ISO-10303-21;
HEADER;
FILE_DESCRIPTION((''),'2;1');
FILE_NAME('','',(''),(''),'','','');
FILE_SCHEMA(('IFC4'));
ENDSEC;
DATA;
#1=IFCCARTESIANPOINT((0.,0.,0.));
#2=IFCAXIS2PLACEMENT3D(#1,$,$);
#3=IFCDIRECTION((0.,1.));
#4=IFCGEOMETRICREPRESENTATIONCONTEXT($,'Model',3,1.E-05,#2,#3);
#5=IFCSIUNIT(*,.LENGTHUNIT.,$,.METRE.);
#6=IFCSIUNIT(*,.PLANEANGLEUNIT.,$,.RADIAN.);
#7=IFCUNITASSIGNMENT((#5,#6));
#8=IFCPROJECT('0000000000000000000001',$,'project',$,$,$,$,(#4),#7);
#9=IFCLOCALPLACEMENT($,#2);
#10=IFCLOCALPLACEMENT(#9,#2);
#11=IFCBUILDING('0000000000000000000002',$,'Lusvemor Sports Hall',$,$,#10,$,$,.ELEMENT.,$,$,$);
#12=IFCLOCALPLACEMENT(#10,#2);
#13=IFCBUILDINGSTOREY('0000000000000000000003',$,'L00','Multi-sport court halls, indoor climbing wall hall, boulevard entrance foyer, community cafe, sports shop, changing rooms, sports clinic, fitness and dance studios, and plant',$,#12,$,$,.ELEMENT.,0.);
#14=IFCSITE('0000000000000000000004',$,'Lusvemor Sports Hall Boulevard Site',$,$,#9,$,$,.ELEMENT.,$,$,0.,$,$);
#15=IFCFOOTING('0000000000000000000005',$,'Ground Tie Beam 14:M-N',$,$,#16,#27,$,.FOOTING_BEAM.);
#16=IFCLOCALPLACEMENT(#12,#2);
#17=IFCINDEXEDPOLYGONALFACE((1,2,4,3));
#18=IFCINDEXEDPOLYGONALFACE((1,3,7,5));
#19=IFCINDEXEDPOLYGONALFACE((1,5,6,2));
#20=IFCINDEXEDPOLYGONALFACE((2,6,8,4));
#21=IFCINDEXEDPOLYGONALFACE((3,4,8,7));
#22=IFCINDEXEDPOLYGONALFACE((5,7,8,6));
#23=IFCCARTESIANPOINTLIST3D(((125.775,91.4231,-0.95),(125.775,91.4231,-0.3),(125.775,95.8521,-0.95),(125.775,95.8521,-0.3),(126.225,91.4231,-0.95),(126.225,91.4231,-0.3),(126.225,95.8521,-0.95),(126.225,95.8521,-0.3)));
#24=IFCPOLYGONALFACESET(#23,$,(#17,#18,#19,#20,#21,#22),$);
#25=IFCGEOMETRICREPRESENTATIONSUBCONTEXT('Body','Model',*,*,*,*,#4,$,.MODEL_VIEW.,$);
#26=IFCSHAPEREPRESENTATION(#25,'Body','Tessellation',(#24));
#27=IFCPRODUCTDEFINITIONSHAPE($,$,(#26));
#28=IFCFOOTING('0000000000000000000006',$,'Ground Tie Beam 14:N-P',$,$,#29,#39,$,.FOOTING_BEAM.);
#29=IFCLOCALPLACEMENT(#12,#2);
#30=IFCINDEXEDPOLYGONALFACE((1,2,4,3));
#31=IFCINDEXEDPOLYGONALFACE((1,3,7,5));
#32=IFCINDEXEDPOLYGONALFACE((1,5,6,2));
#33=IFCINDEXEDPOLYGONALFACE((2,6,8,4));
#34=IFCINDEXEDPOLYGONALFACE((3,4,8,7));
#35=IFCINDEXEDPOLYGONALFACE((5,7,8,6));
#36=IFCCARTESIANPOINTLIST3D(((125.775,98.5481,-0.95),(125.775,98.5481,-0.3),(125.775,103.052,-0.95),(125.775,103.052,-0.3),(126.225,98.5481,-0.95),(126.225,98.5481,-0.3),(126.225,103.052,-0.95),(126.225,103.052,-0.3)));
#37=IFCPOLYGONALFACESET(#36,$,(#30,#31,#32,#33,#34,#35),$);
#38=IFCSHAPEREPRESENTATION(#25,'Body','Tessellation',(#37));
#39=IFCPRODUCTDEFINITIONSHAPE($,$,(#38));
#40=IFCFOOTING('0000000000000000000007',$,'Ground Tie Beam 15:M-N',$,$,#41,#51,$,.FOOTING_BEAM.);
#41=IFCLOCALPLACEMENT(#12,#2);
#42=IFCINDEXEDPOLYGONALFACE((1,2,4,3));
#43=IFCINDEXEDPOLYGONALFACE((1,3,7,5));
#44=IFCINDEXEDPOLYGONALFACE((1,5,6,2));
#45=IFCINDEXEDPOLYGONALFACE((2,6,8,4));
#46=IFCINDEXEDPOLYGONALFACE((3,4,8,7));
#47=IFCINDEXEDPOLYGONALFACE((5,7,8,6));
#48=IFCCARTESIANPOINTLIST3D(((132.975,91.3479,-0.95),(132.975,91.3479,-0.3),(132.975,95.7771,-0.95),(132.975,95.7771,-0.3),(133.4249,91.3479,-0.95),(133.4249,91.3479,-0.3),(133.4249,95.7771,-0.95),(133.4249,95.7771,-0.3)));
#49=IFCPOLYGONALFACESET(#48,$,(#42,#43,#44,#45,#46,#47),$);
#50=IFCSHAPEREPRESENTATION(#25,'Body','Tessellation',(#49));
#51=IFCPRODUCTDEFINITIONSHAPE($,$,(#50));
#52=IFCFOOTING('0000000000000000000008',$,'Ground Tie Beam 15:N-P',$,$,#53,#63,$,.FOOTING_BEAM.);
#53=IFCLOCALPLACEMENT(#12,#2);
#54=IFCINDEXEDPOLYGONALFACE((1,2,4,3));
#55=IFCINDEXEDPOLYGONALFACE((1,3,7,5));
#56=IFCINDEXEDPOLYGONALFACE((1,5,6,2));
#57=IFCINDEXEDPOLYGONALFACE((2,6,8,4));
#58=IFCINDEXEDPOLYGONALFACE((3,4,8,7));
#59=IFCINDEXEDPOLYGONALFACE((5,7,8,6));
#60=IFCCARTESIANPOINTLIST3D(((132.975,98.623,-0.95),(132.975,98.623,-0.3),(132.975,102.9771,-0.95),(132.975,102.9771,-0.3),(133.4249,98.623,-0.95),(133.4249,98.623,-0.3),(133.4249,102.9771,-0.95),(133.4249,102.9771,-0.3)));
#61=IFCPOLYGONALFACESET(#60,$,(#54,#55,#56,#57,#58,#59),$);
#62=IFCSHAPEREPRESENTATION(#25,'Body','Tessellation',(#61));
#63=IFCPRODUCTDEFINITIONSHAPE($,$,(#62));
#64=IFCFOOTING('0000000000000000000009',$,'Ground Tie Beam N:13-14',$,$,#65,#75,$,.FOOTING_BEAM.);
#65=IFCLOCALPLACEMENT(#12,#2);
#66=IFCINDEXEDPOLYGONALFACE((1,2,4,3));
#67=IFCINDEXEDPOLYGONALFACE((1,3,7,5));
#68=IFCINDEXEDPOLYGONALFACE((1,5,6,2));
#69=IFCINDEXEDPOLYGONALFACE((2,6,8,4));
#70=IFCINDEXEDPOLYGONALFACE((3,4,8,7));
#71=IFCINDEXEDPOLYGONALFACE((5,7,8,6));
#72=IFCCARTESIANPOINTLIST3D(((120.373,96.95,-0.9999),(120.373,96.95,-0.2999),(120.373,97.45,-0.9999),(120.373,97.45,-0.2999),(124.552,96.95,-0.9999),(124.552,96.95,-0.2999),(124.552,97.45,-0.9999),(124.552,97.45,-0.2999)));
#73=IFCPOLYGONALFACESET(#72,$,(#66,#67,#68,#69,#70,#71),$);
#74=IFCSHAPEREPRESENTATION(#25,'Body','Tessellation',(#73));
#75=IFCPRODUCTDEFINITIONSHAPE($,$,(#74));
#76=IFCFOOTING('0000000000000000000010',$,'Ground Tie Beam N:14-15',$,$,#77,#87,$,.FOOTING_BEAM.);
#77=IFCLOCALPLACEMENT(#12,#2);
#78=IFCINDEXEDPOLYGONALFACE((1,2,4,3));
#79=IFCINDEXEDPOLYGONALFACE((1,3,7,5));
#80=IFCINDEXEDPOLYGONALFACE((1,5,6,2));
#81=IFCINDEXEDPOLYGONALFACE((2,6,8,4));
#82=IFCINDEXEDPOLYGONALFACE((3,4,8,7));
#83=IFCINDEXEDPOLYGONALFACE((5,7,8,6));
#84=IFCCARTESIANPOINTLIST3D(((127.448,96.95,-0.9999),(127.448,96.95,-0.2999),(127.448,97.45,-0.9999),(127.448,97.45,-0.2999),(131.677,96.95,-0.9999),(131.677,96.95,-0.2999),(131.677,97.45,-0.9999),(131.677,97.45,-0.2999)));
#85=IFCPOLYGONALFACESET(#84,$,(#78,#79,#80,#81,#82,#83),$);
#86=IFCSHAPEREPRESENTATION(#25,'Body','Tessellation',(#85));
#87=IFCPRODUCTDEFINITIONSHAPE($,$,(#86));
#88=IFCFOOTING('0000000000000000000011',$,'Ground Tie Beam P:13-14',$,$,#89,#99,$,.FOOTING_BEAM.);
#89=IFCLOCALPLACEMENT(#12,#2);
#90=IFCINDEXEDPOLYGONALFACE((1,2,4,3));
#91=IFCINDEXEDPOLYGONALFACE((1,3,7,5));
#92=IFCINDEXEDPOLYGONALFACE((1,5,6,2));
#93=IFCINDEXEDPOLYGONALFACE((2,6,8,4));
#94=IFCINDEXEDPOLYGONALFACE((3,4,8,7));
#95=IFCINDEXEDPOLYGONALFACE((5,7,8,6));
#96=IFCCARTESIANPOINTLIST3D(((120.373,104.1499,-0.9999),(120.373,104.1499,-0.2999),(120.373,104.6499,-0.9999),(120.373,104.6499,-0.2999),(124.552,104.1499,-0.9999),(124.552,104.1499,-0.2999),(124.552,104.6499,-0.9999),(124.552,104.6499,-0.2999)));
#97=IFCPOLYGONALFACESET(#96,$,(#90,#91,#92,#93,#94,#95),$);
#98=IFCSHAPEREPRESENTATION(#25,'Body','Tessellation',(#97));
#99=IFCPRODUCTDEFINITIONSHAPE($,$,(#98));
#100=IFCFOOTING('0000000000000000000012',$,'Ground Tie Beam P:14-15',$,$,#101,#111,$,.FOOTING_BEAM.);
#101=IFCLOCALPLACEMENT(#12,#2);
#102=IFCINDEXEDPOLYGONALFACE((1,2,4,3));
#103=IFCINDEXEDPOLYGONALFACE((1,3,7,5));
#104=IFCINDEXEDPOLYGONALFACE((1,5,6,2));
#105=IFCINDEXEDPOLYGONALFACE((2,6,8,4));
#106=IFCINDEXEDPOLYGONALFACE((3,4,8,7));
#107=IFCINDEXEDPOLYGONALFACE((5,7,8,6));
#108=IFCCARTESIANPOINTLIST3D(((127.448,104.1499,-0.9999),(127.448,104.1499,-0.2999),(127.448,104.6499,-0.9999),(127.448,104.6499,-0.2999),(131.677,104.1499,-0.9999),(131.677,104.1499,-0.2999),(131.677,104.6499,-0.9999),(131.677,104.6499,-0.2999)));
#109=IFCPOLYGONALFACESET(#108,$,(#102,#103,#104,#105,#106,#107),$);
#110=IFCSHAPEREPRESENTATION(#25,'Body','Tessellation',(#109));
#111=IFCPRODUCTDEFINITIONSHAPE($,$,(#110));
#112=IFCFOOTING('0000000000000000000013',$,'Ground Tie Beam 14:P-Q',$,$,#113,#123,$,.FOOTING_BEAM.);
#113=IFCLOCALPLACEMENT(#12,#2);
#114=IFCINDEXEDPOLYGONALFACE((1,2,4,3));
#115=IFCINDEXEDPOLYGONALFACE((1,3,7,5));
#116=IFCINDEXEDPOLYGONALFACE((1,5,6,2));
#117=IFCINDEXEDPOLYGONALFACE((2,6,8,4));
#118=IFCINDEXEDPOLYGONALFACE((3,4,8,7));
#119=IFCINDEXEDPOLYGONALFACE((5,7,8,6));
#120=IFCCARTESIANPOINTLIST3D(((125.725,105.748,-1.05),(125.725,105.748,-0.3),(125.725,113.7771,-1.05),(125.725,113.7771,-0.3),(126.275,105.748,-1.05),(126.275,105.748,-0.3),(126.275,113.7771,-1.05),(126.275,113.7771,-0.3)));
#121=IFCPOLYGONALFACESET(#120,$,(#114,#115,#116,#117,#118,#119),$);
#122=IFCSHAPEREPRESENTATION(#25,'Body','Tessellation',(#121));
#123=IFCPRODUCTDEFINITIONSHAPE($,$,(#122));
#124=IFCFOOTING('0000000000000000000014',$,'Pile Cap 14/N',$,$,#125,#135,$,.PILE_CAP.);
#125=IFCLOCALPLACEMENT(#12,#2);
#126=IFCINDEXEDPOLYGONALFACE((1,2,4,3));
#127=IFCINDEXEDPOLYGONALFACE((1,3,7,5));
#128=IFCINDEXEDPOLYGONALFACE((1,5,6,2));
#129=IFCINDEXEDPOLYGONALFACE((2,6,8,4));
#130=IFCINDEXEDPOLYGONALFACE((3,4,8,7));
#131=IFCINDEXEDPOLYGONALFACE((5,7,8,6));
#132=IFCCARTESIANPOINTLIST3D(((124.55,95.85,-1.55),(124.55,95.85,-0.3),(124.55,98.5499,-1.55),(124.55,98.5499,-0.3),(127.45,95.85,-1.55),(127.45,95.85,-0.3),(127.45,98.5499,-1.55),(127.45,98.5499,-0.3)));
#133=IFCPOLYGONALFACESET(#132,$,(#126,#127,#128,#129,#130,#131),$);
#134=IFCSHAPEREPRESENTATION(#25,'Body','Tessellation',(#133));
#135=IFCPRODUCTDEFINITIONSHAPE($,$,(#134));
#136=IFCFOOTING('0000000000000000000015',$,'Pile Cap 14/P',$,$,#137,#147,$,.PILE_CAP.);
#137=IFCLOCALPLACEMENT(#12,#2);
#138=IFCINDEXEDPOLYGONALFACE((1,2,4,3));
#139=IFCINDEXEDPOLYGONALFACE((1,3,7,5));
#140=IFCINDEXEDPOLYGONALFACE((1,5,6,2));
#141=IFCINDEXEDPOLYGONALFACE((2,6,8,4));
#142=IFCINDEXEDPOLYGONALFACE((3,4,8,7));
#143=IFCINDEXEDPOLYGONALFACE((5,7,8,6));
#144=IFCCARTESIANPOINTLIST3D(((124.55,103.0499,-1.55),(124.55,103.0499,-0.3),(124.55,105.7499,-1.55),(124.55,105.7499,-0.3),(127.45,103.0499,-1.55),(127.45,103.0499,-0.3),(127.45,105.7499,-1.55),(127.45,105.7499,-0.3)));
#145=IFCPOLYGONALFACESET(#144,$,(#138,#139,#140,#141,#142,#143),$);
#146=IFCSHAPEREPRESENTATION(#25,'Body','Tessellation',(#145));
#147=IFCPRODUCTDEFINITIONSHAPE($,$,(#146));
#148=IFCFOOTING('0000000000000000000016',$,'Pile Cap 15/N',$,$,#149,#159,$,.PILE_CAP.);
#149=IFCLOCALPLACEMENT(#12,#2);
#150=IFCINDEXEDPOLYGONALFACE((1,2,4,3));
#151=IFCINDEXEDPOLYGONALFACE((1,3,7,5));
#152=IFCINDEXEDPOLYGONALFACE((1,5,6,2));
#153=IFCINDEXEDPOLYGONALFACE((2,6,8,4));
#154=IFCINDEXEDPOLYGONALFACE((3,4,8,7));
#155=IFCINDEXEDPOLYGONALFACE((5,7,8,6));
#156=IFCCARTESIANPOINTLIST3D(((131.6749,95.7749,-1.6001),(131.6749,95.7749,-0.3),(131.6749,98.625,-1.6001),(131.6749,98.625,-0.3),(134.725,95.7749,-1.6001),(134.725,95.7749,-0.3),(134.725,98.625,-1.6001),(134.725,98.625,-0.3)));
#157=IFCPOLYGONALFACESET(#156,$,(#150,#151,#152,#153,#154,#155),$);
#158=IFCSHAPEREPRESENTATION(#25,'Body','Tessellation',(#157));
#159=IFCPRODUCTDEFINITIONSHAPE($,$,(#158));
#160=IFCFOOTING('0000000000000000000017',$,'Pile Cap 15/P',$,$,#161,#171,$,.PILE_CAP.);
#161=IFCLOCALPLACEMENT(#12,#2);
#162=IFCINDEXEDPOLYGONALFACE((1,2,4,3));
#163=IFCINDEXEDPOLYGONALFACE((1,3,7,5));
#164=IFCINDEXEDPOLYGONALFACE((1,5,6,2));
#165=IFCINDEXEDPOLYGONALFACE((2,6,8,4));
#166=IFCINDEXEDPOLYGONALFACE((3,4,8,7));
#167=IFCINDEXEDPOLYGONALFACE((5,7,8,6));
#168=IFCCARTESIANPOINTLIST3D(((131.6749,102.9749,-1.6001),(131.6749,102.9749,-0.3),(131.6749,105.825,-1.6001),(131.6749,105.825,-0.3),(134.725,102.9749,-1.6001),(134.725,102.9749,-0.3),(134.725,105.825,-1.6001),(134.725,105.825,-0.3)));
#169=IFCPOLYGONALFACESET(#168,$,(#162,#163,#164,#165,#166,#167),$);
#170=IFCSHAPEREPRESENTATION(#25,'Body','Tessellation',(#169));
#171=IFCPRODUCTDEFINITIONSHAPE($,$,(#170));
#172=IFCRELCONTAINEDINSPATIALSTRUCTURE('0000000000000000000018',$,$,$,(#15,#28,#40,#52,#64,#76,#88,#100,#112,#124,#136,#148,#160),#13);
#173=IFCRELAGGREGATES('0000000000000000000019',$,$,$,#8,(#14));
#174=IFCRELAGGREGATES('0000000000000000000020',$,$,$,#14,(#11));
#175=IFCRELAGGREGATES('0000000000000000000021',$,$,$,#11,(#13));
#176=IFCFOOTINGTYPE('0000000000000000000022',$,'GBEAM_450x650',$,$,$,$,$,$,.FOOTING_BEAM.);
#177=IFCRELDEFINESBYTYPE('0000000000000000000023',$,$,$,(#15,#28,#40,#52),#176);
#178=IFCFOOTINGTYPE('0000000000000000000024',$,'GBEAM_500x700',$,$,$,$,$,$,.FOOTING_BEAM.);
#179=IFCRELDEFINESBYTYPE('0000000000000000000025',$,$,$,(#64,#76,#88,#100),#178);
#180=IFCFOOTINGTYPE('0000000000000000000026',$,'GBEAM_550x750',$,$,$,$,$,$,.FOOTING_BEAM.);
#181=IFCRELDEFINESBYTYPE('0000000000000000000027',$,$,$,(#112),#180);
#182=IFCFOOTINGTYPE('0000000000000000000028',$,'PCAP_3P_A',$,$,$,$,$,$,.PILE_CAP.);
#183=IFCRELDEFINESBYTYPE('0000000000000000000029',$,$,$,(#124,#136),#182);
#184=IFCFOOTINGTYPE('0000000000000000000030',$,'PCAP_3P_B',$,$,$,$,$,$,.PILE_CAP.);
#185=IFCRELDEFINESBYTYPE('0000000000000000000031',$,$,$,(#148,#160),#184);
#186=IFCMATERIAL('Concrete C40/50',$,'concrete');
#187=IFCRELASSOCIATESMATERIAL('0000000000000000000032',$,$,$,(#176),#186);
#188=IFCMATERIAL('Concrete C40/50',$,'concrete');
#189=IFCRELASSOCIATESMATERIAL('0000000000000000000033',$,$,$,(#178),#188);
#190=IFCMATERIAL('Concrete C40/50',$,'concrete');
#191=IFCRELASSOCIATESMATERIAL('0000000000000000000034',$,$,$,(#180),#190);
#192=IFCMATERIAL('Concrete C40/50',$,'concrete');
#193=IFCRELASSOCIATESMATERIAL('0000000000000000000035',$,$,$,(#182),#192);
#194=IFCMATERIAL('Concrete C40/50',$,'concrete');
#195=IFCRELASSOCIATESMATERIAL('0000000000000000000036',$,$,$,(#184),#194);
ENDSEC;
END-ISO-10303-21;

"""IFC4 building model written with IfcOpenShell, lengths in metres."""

from ifc_helpers import new_model, si_unit, direction, frame, origin, origin_2d, place, context, subcontext, project, spatial, rectangle, extrude, material, material_profile, profile_set, type_object, element, save


model = new_model("IFC4")

# Units and contexts
model_context = context("Model", 3, precision=1e-05, world=origin(), true_north=direction((0.0, 1.0)))
body_context = subcontext(model_context, "Body", "Model", "MODEL_VIEW")
ifc_project = project(units=[si_unit("LENGTHUNIT", "METRE"), si_unit("PLANEANGLEUNIT", "RADIAN")], contexts=[model_context])

# Site, building, storey
site_placement = place(None, origin())
site = spatial("IfcSite", under=ifc_project, at=site_placement, Name="Lusvemor Sports Hall Boulevard Site", CompositionType="ELEMENT", RefElevation=0.0)
building_placement = place(site_placement, origin())
building = spatial("IfcBuilding", under=site, at=building_placement, Name="Lusvemor Sports Hall", CompositionType="ELEMENT")
storey_placement = place(building_placement, origin())
storey = spatial("IfcBuildingStorey", under=building, at=storey_placement, Name="L00", Description="Multi-sport court halls, indoor climbing wall hall, boulevard entrance foyer, community cafe, sports shop, changing rooms, sports clinic, fitness and dance studios, and plant", CompositionType="ELEMENT", Elevation=0.0)

# Footings
ifc_material_1 = material(Name="Concrete C40/50", Category="concrete")
ifc_material_profile_1 = material_profile(ifc_material_1, rectangle(XDim=0.45, YDim=0.6499, at=origin_2d()), Name="GB_450x650")
ifc_profile_set_1 = profile_set([ifc_material_profile_1], Name="Concrete C40/50")
footing_type_1 = type_object("IfcFootingType", Name="GBEAM_450x650", PredefinedType="FOOTING_BEAM", material=ifc_profile_set_1)
footing_1_placement = place(storey_placement, frame((126.0, 91.4231, -0.625), z_axis=(0.0, 1.0, 0.0), x_axis=(-1.0, 0.0, 0.0)))
element("IfcFooting", 1, at=footing_1_placement, inside=storey, type_object=footing_type_1, Name="Ground Tie Beam 14:M-N", PredefinedType="FOOTING_BEAM", context=body_context, shape_type="SweptSolid", body=[
    extrude(rectangle(XDim=0.45, YDim=0.6499, at=origin_2d()), origin(), (0.0, 0.0, 1.0), 4.429),
])
footing_2_placement = place(storey_placement, frame((126.0, 98.5481, -0.625), z_axis=(0.0, 1.0, 0.0), x_axis=(-1.0, 0.0, 0.0)))
element("IfcFooting", 2, at=footing_2_placement, inside=storey, type_object=footing_type_1, Name="Ground Tie Beam 14:N-P", PredefinedType="FOOTING_BEAM", context=body_context, shape_type="SweptSolid", body=[
    extrude(rectangle(XDim=0.45, YDim=0.6499, at=origin_2d()), origin(), (0.0, 0.0, 1.0), 4.5039),
])
footing_3_placement = place(storey_placement, frame((133.2, 91.3479, -0.625), z_axis=(0.0, 1.0, 0.0), x_axis=(-1.0, 0.0, 0.0)))
element("IfcFooting", 3, at=footing_3_placement, inside=storey, type_object=footing_type_1, Name="Ground Tie Beam 15:M-N", PredefinedType="FOOTING_BEAM", context=body_context, shape_type="SweptSolid", body=[
    extrude(rectangle(XDim=0.45, YDim=0.6499, at=origin_2d()), origin(), (0.0, 0.0, 1.0), 4.4292),
])
footing_4_placement = place(storey_placement, frame((133.2, 98.623, -0.625), z_axis=(0.0, 1.0, 0.0), x_axis=(-1.0, 0.0, 0.0)))
element("IfcFooting", 4, at=footing_4_placement, inside=storey, type_object=footing_type_1, Name="Ground Tie Beam 15:N-P", PredefinedType="FOOTING_BEAM", context=body_context, shape_type="SweptSolid", body=[
    extrude(rectangle(XDim=0.45, YDim=0.6499, at=origin_2d()), origin(), (0.0, 0.0, 1.0), 4.354),
])
ifc_material_2 = material(Name="Concrete C40/50", Category="concrete")
ifc_material_profile_2 = material_profile(ifc_material_2, rectangle(XDim=0.5, YDim=0.7, at=origin_2d()), Name="GB_500x700")
ifc_profile_set_2 = profile_set([ifc_material_profile_2], Name="Concrete C40/50")
footing_type_2 = type_object("IfcFootingType", Name="GBEAM_500x700", PredefinedType="FOOTING_BEAM", material=ifc_profile_set_2)
footing_5_placement = place(storey_placement, frame((120.373, 97.2, -0.6499), z_axis=(1.0, 0.0, 0.0), x_axis=(0.0, 1.0, 0.0)))
element("IfcFooting", 5, at=footing_5_placement, inside=storey, type_object=footing_type_2, Name="Ground Tie Beam N:13-14", PredefinedType="FOOTING_BEAM", context=body_context, shape_type="SweptSolid", body=[
    extrude(rectangle(XDim=0.5, YDim=0.7, at=origin_2d()), origin(), (0.0, 0.0, 1.0), 4.179),
])
footing_6_placement = place(storey_placement, frame((127.448, 97.2, -0.6499), z_axis=(1.0, 0.0, 0.0), x_axis=(0.0, 1.0, 0.0)))
element("IfcFooting", 6, at=footing_6_placement, inside=storey, type_object=footing_type_2, Name="Ground Tie Beam N:14-15", PredefinedType="FOOTING_BEAM", context=body_context, shape_type="SweptSolid", body=[
    extrude(rectangle(XDim=0.5, YDim=0.7, at=origin_2d()), origin(), (0.0, 0.0, 1.0), 4.229),
])
footing_7_placement = place(storey_placement, frame((120.373, 104.3999, -0.6499), z_axis=(1.0, 0.0, 0.0), x_axis=(0.0, 1.0, 0.0)))
element("IfcFooting", 7, at=footing_7_placement, inside=storey, type_object=footing_type_2, Name="Ground Tie Beam P:13-14", PredefinedType="FOOTING_BEAM", context=body_context, shape_type="SweptSolid", body=[
    extrude(rectangle(XDim=0.5, YDim=0.7, at=origin_2d()), origin(), (0.0, 0.0, 1.0), 4.179),
])
footing_8_placement = place(storey_placement, frame((127.448, 104.3999, -0.6499), z_axis=(1.0, 0.0, 0.0), x_axis=(0.0, 1.0, 0.0)))
element("IfcFooting", 8, at=footing_8_placement, inside=storey, type_object=footing_type_2, Name="Ground Tie Beam P:14-15", PredefinedType="FOOTING_BEAM", context=body_context, shape_type="SweptSolid", body=[
    extrude(rectangle(XDim=0.5, YDim=0.7, at=origin_2d()), origin(), (0.0, 0.0, 1.0), 4.229),
])
ifc_material_3 = material(Name="Concrete C40/50", Category="concrete")
ifc_material_profile_3 = material_profile(ifc_material_3, rectangle(XDim=0.55, YDim=0.75, at=origin_2d()), Name="GB_550x750")
ifc_profile_set_3 = profile_set([ifc_material_profile_3], Name="Concrete C40/50")
footing_type_3 = type_object("IfcFootingType", Name="GBEAM_550x750", PredefinedType="FOOTING_BEAM", material=ifc_profile_set_3)
footing_9_placement = place(storey_placement, frame((126.0, 105.748, -0.675), z_axis=(0.0, 1.0, 0.0), x_axis=(-1.0, 0.0, 0.0)))
element("IfcFooting", 9, at=footing_9_placement, inside=storey, type_object=footing_type_3, Name="Ground Tie Beam 14:P-Q", PredefinedType="FOOTING_BEAM", context=body_context, shape_type="SweptSolid", body=[
    extrude(rectangle(XDim=0.55, YDim=0.75, at=origin_2d()), origin(), (0.0, 0.0, 1.0), 8.0291),
])
ifc_material_4 = material(Name="Concrete C40/50", Category="concrete")
footing_type_4 = type_object("IfcFootingType", Name="PCAP_3P_A", PredefinedType="PILE_CAP", material=ifc_material_4)
for number, where, z_axis, x_axis, name in (
    (10, (126.0, 97.2, -1.55), (0.0, 0.0, 1.0), (1.0, 0.0, 0.0), "Pile Cap 14/N"),
    (11, (126.0, 104.3999, -1.55), (0.0, 0.0, 1.0), (1.0, 0.0, 0.0), "Pile Cap 14/P"),
):
    element("IfcFooting", number, at=place(storey_placement, frame(where, z_axis=z_axis, x_axis=x_axis)), inside=storey, type_object=footing_type_4, Name=name, PredefinedType="PILE_CAP", context=body_context, shape_type="SweptSolid", body=[
        extrude(rectangle(XDim=2.8999, YDim=2.7, at=origin_2d()), origin(), (0.0, 0.0, 1.0), 1.25),
    ])
ifc_material_5 = material(Name="Concrete C40/50", Category="concrete")
footing_type_5 = type_object("IfcFootingType", Name="PCAP_3P_B", PredefinedType="PILE_CAP", material=ifc_material_5)
for number, where, z_axis, x_axis, name in (
    (12, (133.2, 97.2, -1.6001), (0.0, 0.0, 1.0), (1.0, 0.0, 0.0), "Pile Cap 15/N"),
    (13, (133.2, 104.3999, -1.6001), (0.0, 0.0, 1.0), (1.0, 0.0, 0.0), "Pile Cap 15/P"),
):
    element("IfcFooting", number, at=place(storey_placement, frame(where, z_axis=z_axis, x_axis=x_axis)), inside=storey, type_object=footing_type_5, Name=name, PredefinedType="PILE_CAP", context=body_context, shape_type="SweptSolid", body=[
        extrude(rectangle(XDim=3.05, YDim=2.8501, at=origin_2d()), origin(), (0.0, 0.0, 1.0), 1.3),
    ])

save(model, "model.ifc")
